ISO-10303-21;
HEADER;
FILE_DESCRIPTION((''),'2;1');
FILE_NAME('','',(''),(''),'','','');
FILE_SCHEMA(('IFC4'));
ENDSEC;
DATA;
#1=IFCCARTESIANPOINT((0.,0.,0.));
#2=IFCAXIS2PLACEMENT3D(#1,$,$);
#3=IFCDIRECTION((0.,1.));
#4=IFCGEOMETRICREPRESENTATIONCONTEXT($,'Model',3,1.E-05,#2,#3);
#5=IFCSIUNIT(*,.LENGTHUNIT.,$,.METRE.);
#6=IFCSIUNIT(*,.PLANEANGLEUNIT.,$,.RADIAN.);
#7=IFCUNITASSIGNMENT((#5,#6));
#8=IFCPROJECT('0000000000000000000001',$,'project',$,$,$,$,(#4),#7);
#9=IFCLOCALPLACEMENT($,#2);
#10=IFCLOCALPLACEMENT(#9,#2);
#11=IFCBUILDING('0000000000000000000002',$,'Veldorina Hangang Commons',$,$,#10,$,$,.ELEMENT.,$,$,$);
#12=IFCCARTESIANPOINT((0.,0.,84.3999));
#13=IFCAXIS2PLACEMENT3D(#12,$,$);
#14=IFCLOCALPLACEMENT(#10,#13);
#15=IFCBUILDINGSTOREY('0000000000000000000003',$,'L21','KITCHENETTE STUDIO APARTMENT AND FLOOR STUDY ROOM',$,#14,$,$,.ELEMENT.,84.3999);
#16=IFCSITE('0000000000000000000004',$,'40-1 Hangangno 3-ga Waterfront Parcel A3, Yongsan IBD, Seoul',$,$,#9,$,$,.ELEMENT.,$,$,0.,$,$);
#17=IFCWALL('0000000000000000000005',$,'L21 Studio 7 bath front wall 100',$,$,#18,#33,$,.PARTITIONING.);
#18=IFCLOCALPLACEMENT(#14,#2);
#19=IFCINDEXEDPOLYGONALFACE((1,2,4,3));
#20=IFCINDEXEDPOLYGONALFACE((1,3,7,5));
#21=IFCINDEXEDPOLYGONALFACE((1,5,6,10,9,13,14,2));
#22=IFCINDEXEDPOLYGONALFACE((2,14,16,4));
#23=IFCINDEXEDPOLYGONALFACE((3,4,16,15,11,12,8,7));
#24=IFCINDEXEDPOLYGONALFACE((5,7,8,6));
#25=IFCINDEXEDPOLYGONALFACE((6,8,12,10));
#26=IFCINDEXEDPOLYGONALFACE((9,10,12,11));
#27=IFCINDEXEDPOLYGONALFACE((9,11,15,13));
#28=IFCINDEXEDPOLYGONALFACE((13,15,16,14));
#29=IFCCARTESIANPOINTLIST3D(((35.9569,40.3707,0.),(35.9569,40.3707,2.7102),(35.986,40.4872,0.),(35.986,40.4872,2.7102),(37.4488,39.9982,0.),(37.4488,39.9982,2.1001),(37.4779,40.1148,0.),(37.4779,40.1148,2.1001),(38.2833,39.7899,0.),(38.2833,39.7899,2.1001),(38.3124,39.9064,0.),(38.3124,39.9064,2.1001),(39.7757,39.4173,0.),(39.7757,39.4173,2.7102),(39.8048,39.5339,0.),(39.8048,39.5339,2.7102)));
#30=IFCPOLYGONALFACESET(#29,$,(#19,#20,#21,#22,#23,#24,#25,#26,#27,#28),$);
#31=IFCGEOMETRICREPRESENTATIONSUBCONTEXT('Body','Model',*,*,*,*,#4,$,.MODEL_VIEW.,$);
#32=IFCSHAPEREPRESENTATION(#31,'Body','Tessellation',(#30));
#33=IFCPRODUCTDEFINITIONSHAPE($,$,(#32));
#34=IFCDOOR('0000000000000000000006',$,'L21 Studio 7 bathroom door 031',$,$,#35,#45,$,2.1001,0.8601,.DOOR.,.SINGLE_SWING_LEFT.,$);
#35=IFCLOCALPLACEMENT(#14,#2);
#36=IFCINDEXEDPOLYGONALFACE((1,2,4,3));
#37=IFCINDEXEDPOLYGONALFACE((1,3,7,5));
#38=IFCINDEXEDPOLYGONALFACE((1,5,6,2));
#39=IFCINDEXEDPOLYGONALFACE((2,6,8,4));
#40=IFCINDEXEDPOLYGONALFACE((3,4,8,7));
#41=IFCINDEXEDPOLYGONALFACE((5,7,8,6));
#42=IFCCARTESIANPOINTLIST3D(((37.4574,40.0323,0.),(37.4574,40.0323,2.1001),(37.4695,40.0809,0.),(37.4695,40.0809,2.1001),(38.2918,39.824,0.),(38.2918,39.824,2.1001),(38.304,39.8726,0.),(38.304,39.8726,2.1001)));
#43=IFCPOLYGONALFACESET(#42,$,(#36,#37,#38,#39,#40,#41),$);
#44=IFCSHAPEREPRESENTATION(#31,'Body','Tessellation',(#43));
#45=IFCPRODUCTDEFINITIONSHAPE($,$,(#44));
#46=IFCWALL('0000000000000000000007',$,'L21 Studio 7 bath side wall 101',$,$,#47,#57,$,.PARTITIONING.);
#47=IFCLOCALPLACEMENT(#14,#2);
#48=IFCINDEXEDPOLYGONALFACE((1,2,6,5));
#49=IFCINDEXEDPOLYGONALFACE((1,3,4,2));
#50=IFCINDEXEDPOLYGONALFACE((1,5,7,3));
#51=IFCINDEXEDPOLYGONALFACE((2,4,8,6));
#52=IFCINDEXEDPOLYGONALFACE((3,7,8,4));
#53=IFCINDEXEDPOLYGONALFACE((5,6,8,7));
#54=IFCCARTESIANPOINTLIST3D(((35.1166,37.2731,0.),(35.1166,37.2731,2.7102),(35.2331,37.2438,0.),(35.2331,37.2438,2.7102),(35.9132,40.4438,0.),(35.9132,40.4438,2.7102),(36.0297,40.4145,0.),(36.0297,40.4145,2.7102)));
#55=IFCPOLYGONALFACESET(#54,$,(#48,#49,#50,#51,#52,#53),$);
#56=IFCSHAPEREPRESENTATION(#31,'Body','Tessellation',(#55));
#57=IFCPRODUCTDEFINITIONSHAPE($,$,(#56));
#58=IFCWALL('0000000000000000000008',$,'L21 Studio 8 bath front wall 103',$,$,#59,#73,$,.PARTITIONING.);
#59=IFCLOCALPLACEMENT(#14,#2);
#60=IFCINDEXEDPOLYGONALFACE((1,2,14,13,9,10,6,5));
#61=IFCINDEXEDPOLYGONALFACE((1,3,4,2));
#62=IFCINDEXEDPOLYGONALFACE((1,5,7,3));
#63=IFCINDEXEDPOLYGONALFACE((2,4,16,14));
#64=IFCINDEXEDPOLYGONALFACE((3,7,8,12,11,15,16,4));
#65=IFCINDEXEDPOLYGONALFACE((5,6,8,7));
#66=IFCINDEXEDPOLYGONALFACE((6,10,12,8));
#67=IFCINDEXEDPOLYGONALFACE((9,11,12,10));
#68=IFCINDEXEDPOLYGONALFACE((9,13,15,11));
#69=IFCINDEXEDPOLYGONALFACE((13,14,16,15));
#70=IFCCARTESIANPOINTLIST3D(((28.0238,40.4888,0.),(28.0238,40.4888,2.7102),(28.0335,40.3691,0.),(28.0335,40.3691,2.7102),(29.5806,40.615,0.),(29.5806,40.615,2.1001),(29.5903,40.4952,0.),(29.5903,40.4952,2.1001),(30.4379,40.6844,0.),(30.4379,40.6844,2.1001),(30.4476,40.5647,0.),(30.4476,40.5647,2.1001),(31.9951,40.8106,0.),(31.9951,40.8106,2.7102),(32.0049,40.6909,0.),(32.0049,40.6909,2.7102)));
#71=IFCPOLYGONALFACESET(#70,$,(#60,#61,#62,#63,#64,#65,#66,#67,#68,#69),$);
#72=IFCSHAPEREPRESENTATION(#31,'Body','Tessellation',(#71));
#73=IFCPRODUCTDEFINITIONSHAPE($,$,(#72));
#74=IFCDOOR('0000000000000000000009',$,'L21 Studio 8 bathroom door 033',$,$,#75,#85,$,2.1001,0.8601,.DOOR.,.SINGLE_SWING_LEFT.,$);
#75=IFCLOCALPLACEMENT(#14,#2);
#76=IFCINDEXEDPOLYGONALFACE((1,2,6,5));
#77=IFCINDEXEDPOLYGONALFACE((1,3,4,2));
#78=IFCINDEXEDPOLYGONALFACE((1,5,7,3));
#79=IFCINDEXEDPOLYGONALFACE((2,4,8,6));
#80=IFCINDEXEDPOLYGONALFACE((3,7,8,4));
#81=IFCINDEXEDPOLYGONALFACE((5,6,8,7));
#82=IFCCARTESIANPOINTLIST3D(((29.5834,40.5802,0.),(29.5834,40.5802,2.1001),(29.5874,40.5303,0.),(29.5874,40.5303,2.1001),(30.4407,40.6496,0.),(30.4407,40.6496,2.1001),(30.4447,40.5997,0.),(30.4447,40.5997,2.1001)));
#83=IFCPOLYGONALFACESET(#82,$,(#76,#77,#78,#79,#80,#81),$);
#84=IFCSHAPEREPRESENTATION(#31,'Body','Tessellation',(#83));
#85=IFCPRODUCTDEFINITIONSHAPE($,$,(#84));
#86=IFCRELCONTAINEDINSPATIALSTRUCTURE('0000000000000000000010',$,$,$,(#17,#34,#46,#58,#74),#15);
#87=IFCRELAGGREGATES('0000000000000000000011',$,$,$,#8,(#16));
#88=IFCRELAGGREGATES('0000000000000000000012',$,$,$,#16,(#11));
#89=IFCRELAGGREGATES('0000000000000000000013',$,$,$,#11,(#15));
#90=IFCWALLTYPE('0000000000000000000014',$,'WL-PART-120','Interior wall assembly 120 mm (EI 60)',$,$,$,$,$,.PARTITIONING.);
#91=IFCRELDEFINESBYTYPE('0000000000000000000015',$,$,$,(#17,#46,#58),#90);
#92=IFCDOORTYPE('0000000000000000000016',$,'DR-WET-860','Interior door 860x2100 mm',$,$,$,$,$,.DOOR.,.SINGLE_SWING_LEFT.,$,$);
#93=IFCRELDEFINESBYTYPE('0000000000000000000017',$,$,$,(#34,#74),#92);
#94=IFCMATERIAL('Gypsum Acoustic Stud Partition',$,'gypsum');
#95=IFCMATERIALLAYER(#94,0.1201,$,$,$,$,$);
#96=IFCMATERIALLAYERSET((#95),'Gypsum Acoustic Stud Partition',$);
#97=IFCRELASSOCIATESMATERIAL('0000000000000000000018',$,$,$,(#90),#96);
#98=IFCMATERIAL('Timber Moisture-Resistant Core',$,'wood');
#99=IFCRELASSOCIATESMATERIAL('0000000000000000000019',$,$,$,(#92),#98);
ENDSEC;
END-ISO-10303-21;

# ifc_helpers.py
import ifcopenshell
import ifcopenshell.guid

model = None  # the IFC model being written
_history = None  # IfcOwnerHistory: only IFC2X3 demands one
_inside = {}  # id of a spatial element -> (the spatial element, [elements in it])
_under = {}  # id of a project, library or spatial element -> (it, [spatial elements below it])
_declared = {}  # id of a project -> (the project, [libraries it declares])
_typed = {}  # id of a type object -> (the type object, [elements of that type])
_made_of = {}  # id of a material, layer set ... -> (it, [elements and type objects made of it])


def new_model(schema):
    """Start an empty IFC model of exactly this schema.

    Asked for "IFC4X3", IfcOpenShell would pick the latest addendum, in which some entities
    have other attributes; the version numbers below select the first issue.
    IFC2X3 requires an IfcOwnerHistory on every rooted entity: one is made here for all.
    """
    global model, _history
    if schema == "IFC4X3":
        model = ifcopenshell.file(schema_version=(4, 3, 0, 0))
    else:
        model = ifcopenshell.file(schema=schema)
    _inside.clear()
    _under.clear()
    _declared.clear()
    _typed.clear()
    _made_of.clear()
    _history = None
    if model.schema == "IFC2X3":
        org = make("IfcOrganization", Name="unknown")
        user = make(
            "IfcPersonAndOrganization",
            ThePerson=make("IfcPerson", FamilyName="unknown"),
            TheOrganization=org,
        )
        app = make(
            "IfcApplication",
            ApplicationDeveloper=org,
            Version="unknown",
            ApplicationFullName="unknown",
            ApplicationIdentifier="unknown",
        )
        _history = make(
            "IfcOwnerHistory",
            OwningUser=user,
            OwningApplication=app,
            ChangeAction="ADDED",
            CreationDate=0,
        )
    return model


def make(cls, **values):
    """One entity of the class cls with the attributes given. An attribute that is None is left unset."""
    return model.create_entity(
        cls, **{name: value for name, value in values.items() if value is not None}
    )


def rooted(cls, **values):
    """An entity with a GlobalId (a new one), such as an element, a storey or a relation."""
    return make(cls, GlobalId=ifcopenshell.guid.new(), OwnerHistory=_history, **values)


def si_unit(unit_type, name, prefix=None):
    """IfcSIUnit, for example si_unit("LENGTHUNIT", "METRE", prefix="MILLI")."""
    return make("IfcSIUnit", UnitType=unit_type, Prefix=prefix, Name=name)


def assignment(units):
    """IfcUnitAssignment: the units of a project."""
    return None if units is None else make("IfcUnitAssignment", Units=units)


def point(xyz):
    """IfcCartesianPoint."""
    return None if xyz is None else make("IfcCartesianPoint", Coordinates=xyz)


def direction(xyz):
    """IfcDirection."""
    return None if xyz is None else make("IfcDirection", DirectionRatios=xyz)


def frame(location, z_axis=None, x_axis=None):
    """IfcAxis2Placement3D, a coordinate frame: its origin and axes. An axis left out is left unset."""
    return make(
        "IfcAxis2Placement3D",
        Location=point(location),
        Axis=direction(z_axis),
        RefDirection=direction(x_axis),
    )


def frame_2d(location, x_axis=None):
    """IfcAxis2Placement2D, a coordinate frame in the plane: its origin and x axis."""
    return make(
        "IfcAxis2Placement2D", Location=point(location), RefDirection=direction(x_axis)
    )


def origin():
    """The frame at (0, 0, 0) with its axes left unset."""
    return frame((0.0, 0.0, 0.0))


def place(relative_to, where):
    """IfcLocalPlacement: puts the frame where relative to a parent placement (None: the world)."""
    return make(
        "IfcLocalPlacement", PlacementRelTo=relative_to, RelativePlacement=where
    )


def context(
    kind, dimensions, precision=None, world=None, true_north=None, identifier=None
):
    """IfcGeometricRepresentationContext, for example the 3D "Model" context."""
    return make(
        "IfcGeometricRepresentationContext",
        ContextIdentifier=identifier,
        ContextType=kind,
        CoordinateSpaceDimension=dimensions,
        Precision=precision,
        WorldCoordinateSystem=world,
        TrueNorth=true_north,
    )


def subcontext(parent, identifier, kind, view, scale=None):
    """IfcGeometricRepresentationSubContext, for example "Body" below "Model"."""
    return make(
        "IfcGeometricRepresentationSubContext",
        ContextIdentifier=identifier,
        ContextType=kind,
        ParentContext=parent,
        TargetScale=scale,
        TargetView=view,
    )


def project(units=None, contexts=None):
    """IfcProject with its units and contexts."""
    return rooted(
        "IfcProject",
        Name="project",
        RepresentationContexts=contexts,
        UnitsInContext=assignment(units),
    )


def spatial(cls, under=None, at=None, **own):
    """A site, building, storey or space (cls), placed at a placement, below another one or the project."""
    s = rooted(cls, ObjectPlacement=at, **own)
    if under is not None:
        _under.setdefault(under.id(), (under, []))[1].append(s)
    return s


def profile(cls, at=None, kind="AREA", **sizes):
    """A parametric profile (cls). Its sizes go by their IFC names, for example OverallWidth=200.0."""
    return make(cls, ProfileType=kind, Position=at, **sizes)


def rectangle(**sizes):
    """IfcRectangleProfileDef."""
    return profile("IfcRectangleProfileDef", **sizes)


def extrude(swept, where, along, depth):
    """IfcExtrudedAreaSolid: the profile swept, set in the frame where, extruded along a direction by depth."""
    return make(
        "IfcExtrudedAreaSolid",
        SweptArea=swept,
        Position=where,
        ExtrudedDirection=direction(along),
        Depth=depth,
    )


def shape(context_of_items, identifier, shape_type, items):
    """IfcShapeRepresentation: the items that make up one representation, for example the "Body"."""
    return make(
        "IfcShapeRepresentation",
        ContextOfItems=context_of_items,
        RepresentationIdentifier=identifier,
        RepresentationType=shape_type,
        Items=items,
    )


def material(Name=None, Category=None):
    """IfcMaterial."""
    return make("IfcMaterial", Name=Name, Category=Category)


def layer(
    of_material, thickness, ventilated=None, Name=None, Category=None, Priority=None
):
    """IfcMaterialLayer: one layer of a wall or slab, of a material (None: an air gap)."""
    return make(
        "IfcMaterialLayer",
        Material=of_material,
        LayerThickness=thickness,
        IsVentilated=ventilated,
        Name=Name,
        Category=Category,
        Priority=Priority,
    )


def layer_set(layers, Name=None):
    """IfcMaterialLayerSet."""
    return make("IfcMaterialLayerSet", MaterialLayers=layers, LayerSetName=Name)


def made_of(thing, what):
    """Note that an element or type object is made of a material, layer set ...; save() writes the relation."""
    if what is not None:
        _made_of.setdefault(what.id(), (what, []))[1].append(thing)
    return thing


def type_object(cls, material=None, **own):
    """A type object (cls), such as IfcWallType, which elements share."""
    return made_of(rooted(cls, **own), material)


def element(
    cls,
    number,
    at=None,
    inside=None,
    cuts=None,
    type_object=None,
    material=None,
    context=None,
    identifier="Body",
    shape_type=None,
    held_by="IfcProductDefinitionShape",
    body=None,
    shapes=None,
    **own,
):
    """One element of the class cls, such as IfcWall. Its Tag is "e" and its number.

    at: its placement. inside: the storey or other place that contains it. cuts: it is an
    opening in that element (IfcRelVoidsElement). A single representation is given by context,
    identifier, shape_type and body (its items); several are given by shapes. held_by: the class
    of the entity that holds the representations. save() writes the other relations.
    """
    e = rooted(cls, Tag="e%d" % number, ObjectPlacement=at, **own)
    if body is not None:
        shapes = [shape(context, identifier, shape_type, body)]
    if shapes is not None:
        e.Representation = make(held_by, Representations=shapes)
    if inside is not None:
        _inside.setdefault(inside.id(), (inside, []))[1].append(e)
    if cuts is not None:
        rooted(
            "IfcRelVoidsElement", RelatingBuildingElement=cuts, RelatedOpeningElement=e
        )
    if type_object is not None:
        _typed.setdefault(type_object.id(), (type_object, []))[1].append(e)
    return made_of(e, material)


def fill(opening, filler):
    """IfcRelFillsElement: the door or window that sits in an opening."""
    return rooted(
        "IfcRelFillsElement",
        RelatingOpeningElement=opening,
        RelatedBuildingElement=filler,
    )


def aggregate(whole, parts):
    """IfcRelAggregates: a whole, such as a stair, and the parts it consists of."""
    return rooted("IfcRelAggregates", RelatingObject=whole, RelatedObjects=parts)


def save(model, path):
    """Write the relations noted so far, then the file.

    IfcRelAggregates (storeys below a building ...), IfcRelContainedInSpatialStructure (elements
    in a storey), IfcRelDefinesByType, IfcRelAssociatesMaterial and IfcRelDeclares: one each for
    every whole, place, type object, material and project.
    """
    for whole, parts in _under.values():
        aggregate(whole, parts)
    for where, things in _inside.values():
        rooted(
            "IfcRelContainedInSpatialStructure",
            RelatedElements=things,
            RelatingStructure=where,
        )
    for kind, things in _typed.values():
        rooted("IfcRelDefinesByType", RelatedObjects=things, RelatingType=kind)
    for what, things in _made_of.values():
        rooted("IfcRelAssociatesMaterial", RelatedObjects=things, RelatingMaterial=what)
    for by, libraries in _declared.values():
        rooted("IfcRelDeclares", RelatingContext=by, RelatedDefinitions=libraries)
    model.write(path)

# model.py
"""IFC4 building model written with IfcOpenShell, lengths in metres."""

from ifc_helpers import new_model, si_unit, direction, frame, frame_2d, origin, place, context, subcontext, project, spatial, rectangle, extrude, material, layer, layer_set, type_object, element, fill, save


model = new_model("IFC4")

# Units and contexts
model_context = context("Model", 3, precision=1e-05, world=origin(), true_north=direction((0.0, 1.0)))
body_context = subcontext(model_context, "Body", "Model", "MODEL_VIEW")
ifc_project = project(units=[si_unit("LENGTHUNIT", "METRE"), si_unit("PLANEANGLEUNIT", "RADIAN")], contexts=[model_context])

# Site, building, storey
site_placement = place(None, origin())
site = spatial("IfcSite", under=ifc_project, at=site_placement, Name="40-1 Hangangno 3-ga Waterfront Parcel A3, Yongsan IBD, Seoul", CompositionType="ELEMENT", RefElevation=0.0)
building_placement = place(site_placement, origin())
building = spatial("IfcBuilding", under=site, at=building_placement, Name="Veldorina Hangang Commons", CompositionType="ELEMENT")
storey_placement = place(building_placement, frame((0.0, 0.0, 84.3999)))
storey = spatial("IfcBuildingStorey", under=building, at=storey_placement, Name="L21", Description="KITCHENETTE STUDIO APARTMENT AND FLOOR STUDY ROOM", CompositionType="ELEMENT", Elevation=84.3999)

# Shared definitions
ifc_material_1 = material(Name="Gypsum Acoustic Stud Partition", Category="gypsum")
ifc_layer_1 = layer(ifc_material_1, 0.1201)
ifc_layer_set_1 = layer_set([ifc_layer_1], Name="Gypsum Acoustic Stud Partition")
wall_type_1 = type_object("IfcWallType", Name="WL-PART-120", Description="Interior wall assembly 120 mm (EI 60)", PredefinedType="PARTITIONING", material=ifc_layer_set_1)

# Wall, opening, door
wall_1_placement = place(storey_placement, frame((39.7903, 39.4756, 0.0), z_axis=(0.0, 0.0, 1.0), x_axis=(-0.970223, 0.242215, 0.0)))
wall_1 = element("IfcWall", 1, at=wall_1_placement, inside=storey, type_object=wall_type_1, Name="L21 Studio 7 bath front wall 100", PredefinedType="PARTITIONING", context=body_context, shape_type="SweptSolid", body=[
    extrude(rectangle(XDim=3.936, YDim=0.1201, at=frame_2d((1.968, 0.0))), origin(), (0.0, 0.0, 1.0), 2.7102),
])
opening_1_placement = place(wall_1_placement, frame((1.5381, 0.0, 0.0)))
opening_1 = element("IfcOpeningElement", 2, at=opening_1_placement, cuts=wall_1, PredefinedType="OPENING", context=body_context, shape_type="SweptSolid", body=[
    extrude(rectangle(XDim=0.8601, YDim=2.1001, at=frame_2d((0.4302, 1.05))), frame((0.0, 0.0701, 0.0), z_axis=(0.0, -1.0, 0.0), x_axis=(1.0, 0.0, 0.0)), (0.0, 0.0, 1.0), 0.1401),
])
ifc_material_2 = material(Name="Timber Moisture-Resistant Core", Category="wood")
door_type_1 = type_object("IfcDoorType", Name="DR-WET-860", Description="Interior door 860x2100 mm", OperationType="SINGLE_SWING_LEFT", PredefinedType="DOOR", material=ifc_material_2)
door_1_placement = place(opening_1_placement, origin())
door_1 = element("IfcDoor", 3, at=door_1_placement, inside=storey, type_object=door_type_1, Name="L21 Studio 7 bathroom door 031", OperationType="SINGLE_SWING_LEFT", OverallHeight=2.1001, OverallWidth=0.8601, PredefinedType="DOOR", context=body_context, shape_type="SweptSolid", body=[
    extrude(rectangle(XDim=0.8601, YDim=2.1001, at=frame_2d((0.4302, 1.05))), frame((0.0, 0.0249, 0.0), z_axis=(0.0, -1.0, 0.0), x_axis=(1.0, 0.0, 0.0)), (0.0, 0.0, 1.0), 0.05),
])
fill(opening_1, door_1)

# Wall
wall_2_placement = place(storey_placement, frame((35.1748, 37.2583, 0.0), z_axis=(0.0, 0.0, 1.0), x_axis=(0.243678, 0.969856, 0.0)))
element("IfcWall", 4, at=wall_2_placement, inside=storey, type_object=wall_type_1, Name="L21 Studio 7 bath side wall 101", PredefinedType="PARTITIONING", context=body_context, shape_type="SweptSolid", body=[
    extrude(rectangle(XDim=3.2693, YDim=0.1201, at=frame_2d((1.6348, 0.0))), origin(), (0.0, 0.0, 1.0), 2.7102),
])

# Wall, opening, door
wall_3_placement = place(storey_placement, frame((32.0, 40.7507, 0.0), z_axis=(0.0, 0.0, 1.0), x_axis=(-0.996734, -0.080758, 0.0)))
wall_3 = element("IfcWall", 5, at=wall_3_placement, inside=storey, type_object=wall_type_1, Name="L21 Studio 8 bath front wall 103", PredefinedType="PARTITIONING", context=body_context, shape_type="SweptSolid", body=[
    extrude(rectangle(XDim=3.9844, YDim=0.1201, at=frame_2d((1.9922, 0.0))), origin(), (0.0, 0.0, 1.0), 2.7102),
])
opening_2_placement = place(wall_3_placement, frame((1.5623, 0.0, 0.0)))
opening_2 = element("IfcOpeningElement", 6, at=opening_2_placement, cuts=wall_3, PredefinedType="OPENING", context=body_context, shape_type="SweptSolid", body=[
    extrude(rectangle(XDim=0.8601, YDim=2.1001, at=frame_2d((0.4302, 1.05))), frame((0.0, 0.0701, 0.0), z_axis=(0.0, -1.0, 0.0), x_axis=(1.0, 0.0, 0.0)), (0.0, 0.0, 1.0), 0.1401),
])
door_2_placement = place(opening_2_placement, origin())
door_2 = element("IfcDoor", 7, at=door_2_placement, inside=storey, type_object=door_type_1, Name="L21 Studio 8 bathroom door 033", OperationType="SINGLE_SWING_LEFT", OverallHeight=2.1001, OverallWidth=0.8601, PredefinedType="DOOR", context=body_context, shape_type="SweptSolid", body=[
    extrude(rectangle(XDim=0.8601, YDim=2.1001, at=frame_2d((0.4302, 1.05))), frame((0.0, 0.0249, 0.0), z_axis=(0.0, -1.0, 0.0), x_axis=(1.0, 0.0, 0.0)), (0.0, 0.0, 1.0), 0.05),
])
fill(opening_2, door_2)

save(model, "model.ifc")
